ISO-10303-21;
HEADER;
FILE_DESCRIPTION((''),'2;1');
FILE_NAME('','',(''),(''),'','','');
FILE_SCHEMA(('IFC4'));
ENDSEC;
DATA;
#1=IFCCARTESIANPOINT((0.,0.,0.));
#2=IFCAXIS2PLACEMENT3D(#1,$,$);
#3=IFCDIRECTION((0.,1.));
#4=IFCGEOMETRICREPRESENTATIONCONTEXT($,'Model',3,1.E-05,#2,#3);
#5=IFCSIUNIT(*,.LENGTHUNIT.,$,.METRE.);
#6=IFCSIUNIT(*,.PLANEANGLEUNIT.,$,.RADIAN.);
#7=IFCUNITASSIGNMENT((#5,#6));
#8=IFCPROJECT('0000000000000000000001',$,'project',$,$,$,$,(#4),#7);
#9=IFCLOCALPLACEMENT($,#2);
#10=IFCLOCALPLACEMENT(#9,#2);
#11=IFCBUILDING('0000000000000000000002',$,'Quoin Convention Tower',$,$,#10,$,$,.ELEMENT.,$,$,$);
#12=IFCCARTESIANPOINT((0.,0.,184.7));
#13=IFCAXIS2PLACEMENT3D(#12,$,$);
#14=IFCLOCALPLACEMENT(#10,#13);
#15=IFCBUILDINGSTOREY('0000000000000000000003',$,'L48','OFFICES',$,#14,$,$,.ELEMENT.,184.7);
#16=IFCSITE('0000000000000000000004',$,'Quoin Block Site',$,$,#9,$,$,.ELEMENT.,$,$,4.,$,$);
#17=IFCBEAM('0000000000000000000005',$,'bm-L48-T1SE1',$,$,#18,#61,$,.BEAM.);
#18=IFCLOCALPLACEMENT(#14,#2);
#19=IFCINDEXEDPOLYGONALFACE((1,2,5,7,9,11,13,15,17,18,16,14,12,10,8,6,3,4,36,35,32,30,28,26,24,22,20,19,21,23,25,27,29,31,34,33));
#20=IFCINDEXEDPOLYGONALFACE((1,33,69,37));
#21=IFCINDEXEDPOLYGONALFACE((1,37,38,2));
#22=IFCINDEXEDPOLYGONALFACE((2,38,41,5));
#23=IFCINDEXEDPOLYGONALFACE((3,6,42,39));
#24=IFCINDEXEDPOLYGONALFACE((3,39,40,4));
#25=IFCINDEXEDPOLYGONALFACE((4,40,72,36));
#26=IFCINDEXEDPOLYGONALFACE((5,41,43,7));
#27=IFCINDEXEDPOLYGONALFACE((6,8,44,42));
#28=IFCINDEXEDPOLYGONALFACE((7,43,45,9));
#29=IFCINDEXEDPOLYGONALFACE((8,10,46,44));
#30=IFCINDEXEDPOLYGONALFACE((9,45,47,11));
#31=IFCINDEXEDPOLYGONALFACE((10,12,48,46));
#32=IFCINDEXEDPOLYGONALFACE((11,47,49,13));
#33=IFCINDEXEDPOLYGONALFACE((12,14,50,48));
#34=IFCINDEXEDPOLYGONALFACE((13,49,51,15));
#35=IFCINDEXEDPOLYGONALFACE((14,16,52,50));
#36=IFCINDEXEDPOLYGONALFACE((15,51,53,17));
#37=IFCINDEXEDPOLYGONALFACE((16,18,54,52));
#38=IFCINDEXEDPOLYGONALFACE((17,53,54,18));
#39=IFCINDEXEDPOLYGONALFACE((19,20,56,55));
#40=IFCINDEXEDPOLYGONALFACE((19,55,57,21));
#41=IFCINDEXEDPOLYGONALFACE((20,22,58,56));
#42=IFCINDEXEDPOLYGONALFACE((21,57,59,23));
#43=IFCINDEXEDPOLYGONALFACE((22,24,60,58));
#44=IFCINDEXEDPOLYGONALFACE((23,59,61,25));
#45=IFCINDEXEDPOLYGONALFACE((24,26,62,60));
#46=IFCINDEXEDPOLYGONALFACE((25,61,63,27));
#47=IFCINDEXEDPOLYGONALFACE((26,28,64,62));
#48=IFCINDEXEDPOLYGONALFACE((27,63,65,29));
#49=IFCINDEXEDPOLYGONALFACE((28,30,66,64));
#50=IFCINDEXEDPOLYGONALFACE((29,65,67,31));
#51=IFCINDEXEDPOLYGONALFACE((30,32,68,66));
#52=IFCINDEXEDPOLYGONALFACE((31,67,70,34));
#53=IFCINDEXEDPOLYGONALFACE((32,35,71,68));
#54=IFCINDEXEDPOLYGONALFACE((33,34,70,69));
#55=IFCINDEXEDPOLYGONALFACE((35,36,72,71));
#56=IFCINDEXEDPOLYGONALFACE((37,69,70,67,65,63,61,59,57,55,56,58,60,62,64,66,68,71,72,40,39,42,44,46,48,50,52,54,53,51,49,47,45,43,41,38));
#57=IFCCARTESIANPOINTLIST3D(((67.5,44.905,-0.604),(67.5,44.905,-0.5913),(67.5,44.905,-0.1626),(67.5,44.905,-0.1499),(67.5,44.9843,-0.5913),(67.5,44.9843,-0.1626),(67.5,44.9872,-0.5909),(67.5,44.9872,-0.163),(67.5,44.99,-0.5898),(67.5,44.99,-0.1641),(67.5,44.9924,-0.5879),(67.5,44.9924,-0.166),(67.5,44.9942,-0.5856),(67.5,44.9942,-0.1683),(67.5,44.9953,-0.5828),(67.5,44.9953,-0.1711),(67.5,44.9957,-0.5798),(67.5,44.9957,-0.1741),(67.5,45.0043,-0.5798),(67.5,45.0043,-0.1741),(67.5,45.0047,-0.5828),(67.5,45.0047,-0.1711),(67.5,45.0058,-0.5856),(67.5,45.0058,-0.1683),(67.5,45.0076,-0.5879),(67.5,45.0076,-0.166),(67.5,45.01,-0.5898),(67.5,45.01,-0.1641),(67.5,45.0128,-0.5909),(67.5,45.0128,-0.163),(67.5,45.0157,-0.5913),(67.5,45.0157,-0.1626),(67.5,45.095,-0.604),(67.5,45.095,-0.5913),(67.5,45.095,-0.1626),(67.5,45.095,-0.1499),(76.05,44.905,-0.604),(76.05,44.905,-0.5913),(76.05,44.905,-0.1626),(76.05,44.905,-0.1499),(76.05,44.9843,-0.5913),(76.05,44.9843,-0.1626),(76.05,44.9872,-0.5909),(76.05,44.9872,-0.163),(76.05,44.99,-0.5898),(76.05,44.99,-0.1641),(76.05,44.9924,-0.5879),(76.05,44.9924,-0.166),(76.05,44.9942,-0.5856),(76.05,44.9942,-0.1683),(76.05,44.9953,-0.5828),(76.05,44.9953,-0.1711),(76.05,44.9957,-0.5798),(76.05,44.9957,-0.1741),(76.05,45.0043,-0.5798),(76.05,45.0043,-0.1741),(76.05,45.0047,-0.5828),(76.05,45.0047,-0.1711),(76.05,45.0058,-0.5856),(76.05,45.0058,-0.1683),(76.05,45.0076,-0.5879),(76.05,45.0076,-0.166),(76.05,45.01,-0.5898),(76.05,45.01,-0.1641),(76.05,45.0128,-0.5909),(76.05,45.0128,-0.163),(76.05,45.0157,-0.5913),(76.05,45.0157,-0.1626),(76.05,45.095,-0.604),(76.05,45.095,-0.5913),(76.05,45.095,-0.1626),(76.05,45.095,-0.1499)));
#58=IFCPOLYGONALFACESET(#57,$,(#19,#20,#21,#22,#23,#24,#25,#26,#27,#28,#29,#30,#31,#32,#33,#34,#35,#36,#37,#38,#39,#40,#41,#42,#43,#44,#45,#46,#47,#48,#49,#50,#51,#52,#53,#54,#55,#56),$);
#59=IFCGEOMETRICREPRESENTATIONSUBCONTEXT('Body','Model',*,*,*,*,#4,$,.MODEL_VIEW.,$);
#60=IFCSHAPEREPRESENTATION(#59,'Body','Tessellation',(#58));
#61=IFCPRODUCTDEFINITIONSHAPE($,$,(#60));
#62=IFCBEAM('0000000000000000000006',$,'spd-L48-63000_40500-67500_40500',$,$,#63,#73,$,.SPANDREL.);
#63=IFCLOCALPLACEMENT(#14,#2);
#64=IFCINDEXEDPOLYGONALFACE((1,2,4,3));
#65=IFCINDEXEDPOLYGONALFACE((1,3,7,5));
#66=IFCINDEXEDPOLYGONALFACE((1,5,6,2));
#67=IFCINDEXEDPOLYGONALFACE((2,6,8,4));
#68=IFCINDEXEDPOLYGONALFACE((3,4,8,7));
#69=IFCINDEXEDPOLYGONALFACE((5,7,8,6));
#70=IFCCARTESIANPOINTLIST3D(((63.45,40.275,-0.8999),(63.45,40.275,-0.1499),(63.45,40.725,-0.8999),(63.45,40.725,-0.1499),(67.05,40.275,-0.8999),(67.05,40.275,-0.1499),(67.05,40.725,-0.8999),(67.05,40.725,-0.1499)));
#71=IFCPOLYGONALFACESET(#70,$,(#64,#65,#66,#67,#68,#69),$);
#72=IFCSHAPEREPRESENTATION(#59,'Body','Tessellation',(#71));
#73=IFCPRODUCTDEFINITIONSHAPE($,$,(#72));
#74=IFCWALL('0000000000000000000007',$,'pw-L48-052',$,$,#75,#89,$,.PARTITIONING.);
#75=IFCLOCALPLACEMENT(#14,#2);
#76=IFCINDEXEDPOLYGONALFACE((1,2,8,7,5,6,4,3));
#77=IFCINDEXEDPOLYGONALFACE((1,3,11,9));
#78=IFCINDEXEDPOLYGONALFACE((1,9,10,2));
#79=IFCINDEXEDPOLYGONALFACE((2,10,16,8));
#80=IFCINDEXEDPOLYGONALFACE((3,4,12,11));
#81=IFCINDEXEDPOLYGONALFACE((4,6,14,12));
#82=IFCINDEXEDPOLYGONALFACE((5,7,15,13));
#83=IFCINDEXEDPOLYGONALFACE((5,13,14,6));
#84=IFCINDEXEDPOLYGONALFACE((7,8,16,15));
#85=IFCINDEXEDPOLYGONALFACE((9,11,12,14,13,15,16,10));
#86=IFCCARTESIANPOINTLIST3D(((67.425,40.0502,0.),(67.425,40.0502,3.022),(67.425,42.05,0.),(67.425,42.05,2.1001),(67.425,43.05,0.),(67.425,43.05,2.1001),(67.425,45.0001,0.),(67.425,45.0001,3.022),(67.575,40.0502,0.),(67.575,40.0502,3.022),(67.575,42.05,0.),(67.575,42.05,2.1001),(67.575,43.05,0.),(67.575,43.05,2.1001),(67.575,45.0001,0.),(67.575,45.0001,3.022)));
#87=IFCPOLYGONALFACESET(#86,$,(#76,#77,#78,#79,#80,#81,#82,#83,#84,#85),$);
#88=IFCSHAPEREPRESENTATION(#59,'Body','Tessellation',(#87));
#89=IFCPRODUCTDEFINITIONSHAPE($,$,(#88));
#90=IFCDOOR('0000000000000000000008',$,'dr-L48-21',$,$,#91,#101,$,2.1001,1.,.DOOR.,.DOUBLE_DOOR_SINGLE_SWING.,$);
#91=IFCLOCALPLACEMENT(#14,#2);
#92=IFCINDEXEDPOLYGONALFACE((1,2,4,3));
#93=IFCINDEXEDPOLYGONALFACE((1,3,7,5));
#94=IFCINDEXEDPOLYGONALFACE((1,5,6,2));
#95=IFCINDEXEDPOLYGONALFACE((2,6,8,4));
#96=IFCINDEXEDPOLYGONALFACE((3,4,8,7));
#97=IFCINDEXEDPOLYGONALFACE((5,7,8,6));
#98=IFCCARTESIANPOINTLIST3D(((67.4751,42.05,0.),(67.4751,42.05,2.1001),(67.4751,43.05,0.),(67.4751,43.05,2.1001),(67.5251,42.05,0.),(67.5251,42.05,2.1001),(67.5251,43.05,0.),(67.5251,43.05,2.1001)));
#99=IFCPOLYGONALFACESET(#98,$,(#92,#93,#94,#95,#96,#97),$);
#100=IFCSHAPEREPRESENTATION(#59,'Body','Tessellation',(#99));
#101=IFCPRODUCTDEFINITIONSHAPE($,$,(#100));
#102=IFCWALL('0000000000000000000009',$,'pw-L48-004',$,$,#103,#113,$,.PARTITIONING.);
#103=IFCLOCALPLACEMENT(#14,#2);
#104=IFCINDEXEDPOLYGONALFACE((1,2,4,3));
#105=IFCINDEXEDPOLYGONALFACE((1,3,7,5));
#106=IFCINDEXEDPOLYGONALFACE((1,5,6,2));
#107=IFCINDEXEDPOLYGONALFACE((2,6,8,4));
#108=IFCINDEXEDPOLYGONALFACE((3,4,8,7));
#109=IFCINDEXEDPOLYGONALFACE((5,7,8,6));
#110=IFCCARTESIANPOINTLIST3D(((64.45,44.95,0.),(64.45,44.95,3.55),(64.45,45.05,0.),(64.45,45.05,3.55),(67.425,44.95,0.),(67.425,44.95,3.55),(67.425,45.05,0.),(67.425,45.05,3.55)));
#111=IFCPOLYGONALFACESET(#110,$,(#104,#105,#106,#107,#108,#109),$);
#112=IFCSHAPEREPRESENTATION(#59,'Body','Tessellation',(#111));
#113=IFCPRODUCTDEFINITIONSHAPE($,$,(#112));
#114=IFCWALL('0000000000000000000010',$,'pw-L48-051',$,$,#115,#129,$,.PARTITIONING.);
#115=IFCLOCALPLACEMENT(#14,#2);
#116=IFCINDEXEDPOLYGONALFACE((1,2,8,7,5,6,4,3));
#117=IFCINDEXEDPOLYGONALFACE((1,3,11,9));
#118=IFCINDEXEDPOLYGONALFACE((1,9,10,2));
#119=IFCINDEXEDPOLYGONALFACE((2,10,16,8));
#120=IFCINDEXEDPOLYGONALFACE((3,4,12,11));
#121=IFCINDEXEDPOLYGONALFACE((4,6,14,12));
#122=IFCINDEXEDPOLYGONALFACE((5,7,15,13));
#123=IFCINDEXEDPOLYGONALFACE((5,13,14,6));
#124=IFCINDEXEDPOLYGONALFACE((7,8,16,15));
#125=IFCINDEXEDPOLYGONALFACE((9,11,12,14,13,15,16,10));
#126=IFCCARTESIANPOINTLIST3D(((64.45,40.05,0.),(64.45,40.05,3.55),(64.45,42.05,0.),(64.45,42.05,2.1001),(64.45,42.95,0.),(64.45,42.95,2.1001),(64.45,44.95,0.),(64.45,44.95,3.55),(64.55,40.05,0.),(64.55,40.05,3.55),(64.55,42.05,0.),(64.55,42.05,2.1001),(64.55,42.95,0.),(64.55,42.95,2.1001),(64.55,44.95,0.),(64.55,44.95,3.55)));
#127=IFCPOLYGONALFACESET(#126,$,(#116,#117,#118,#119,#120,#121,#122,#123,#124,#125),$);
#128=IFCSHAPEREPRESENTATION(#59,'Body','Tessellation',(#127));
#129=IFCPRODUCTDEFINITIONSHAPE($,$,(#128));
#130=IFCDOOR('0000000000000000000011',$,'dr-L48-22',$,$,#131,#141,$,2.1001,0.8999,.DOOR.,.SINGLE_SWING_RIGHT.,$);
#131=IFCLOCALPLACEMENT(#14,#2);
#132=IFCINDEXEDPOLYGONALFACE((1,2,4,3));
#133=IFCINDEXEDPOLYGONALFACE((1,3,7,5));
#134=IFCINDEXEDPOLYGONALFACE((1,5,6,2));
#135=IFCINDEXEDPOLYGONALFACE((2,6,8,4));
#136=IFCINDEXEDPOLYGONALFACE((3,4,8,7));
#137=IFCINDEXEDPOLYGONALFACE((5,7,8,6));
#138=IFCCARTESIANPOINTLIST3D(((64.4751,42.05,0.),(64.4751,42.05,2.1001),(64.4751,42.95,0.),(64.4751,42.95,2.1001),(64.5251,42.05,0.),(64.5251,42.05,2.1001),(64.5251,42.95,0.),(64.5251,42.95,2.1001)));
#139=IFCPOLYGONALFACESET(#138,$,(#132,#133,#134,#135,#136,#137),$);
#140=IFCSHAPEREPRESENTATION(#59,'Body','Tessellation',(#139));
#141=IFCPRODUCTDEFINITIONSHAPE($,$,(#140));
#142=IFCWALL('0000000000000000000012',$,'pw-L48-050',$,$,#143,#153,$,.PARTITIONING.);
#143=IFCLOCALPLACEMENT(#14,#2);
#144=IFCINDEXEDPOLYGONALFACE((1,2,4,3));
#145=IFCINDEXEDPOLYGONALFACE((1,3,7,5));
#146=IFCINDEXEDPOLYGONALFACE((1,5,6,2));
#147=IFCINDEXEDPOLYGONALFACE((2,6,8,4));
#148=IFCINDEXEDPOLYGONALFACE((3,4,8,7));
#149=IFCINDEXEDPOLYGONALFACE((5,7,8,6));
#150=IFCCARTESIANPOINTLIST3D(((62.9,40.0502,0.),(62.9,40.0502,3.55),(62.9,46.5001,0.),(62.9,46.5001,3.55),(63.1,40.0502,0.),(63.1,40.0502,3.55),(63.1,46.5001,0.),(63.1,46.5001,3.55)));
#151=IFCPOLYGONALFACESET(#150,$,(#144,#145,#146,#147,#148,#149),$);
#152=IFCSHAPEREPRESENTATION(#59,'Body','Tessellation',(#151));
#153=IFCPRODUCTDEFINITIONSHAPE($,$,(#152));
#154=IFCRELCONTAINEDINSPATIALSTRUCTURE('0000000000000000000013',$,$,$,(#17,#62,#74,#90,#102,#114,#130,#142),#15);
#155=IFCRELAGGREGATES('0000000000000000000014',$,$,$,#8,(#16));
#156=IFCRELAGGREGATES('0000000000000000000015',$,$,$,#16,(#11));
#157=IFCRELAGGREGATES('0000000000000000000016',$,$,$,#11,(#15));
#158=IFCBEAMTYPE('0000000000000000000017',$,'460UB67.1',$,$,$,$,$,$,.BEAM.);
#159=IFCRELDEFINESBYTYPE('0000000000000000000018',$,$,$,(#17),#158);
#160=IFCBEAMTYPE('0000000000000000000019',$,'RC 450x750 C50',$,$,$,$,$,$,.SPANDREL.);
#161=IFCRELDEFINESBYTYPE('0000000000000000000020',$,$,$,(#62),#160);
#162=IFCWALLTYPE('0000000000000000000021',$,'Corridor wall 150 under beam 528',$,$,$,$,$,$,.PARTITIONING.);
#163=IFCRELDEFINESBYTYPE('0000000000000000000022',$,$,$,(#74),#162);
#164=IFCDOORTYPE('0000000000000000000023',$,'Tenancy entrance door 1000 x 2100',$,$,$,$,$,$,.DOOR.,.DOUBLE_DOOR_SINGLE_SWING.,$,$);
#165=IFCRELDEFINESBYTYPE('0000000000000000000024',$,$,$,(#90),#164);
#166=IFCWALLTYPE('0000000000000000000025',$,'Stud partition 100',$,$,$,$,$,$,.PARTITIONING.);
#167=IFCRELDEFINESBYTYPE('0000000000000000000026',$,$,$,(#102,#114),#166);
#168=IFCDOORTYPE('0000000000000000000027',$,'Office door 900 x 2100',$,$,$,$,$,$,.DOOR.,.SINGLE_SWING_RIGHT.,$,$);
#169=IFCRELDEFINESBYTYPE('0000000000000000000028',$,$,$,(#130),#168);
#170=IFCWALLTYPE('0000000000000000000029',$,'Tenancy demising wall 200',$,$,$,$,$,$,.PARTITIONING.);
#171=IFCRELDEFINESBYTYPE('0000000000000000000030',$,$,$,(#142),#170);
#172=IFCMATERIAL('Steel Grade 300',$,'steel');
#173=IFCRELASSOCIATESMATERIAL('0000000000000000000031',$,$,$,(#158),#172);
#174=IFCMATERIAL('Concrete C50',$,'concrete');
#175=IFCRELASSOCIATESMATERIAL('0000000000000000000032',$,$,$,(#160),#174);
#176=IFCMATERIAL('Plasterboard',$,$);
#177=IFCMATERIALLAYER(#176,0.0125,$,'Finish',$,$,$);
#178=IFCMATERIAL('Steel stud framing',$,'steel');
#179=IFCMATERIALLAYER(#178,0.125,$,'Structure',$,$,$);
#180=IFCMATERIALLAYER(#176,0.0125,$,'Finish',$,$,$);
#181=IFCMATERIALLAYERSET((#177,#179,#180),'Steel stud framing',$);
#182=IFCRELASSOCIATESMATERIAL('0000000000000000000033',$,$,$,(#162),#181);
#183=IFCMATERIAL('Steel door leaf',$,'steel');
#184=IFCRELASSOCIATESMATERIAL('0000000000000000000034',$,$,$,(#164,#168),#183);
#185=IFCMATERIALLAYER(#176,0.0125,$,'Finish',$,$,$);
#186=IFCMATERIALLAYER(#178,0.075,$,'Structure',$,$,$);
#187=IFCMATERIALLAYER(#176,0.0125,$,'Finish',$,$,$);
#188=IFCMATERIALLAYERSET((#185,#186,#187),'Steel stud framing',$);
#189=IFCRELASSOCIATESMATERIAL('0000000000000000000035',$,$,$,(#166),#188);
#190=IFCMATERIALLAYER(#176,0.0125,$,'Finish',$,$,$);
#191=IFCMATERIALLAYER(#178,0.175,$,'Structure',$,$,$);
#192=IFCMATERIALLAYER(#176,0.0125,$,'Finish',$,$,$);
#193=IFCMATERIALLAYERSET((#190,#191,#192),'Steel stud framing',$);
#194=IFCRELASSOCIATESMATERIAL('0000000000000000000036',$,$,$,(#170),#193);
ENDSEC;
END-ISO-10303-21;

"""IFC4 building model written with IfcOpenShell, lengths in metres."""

from ifc_helpers import new_model, si_unit, direction, frame, frame_2d, origin, origin_2d, place, context, subcontext, project, spatial, rectangle, i_section, extrude, material, layer, layer_set, material_profile, profile_set, type_object, element, fill, save


model = new_model("IFC4")

# Units and contexts
model_context = context("Model", 3, precision=1e-05, world=origin(), true_north=direction((0.0, 1.0)))
body_context = subcontext(model_context, "Body", "Model", "MODEL_VIEW")
ifc_project = project(units=[si_unit("LENGTHUNIT", "METRE"), si_unit("PLANEANGLEUNIT", "RADIAN")], contexts=[model_context])

# Site, building, storey
site_placement = place(None, origin())
site = spatial("IfcSite", under=ifc_project, at=site_placement, Name="Quoin Block Site", CompositionType="ELEMENT", RefElevation=4.0)
building_placement = place(site_placement, origin())
building = spatial("IfcBuilding", under=site, at=building_placement, Name="Quoin Convention Tower", CompositionType="ELEMENT")
storey_placement = place(building_placement, frame((0.0, 0.0, 184.7)))
storey = spatial("IfcBuildingStorey", under=building, at=storey_placement, Name="L48", Description="OFFICES", CompositionType="ELEMENT", Elevation=184.7)

# Shared definitions
ifc_material_1 = material(Name="Concrete C50", Category="concrete")

# Beams
ifc_material_2 = material(Name="Steel Grade 300", Category="steel")
ifc_material_profile_1 = material_profile(ifc_material_2, i_section(OverallWidth=0.1899, OverallDepth=0.4541, WebThickness=0.0085, FlangeThickness=0.0127, FilletRadius=0.0115, at=origin_2d()), Name="460UB67.1")
ifc_profile_set_1 = profile_set([ifc_material_profile_1], Name="Steel Grade 300")
beam_type_1 = type_object("IfcBeamType", Name="460UB67.1", PredefinedType="BEAM", material=ifc_profile_set_1)
beam_1_placement = place(storey_placement, frame((67.5, 45.0, -0.377), z_axis=(1.0, 0.0, 0.0), x_axis=(0.0, 1.0, 0.0)))
element("IfcBeam", 1, at=beam_1_placement, inside=storey, type_object=beam_type_1, Name="bm-L48-T1SE1", PredefinedType="BEAM", context=body_context, shape_type="SweptSolid", body=[
    extrude(i_section(OverallWidth=0.1899, OverallDepth=0.4541, WebThickness=0.0085, FlangeThickness=0.0127, FilletRadius=0.0115, at=origin_2d()), origin(), (0.0, 0.0, 1.0), 8.55),
])
ifc_material_profile_2 = material_profile(ifc_material_1, rectangle(XDim=0.45, YDim=0.75, at=origin_2d()), Name="RC 450x750")
ifc_profile_set_2 = profile_set([ifc_material_profile_2], Name="Concrete C50")
beam_type_2 = type_object("IfcBeamType", Name="RC 450x750 C50", PredefinedType="SPANDREL", material=ifc_profile_set_2)
beam_2_placement = place(storey_placement, frame((63.45, 40.5, -0.5249), z_axis=(1.0, 0.0, 0.0), x_axis=(0.0, 1.0, 0.0)))
element("IfcBeam", 2, at=beam_2_placement, inside=storey, type_object=beam_type_2, Name="spd-L48-63000_40500-67500_40500", PredefinedType="SPANDREL", context=body_context, shape_type="SweptSolid", body=[
    extrude(rectangle(XDim=0.45, YDim=0.75, at=origin_2d()), origin(), (0.0, 0.0, 1.0), 3.6001),
])

# Wall, opening, door
ifc_material_3 = material(Name="Plasterboard")
ifc_layer_1 = layer(ifc_material_3, 0.0125, Name="Finish")
ifc_material_4 = material(Name="Steel stud framing", Category="steel")
ifc_layer_2 = layer(ifc_material_4, 0.125, Name="Structure")
ifc_layer_3 = layer(ifc_material_3, 0.0125, Name="Finish")
ifc_layer_set_1 = layer_set([ifc_layer_1, ifc_layer_2, ifc_layer_3], Name="Steel stud framing")
wall_type_1 = type_object("IfcWallType", Name="Corridor wall 150 under beam 528", PredefinedType="PARTITIONING", material=ifc_layer_set_1)
wall_1_placement = place(storey_placement, frame((67.5, 40.05, 0.0), z_axis=(0.0, 0.0, 1.0), x_axis=(0.0, 1.0, 0.0)))
wall_1 = element("IfcWall", 3, at=wall_1_placement, inside=storey, type_object=wall_type_1, Name="pw-L48-052", PredefinedType="PARTITIONING", context=body_context, shape_type="SweptSolid", body=[
    extrude(rectangle(XDim=4.95, YDim=0.1499, at=frame_2d((2.4751, 0.0))), origin(), (0.0, 0.0, 1.0), 3.022),
])
opening_1_placement = place(wall_1_placement, frame((2.0, 0.0, 0.0)))
opening_1 = element("IfcOpeningElement", 4, at=opening_1_placement, cuts=wall_1, PredefinedType="OPENING", context=body_context, shape_type="SweptSolid", body=[
    extrude(rectangle(XDim=1.0, YDim=2.1001, at=frame_2d((0.5, 1.05))), frame((0.0, 0.085, 0.0), z_axis=(0.0, -1.0, 0.0), x_axis=(1.0, 0.0, 0.0)), (0.0, 0.0, 1.0), 0.1699),
])
ifc_material_5 = material(Name="Steel door leaf", Category="steel")
door_type_1 = type_object("IfcDoorType", Name="Tenancy entrance door 1000 x 2100", OperationType="DOUBLE_DOOR_SINGLE_SWING", PredefinedType="DOOR", material=ifc_material_5)
door_1_placement = place(opening_1_placement, origin())
door_1 = element("IfcDoor", 5, at=door_1_placement, inside=storey, type_object=door_type_1, Name="dr-L48-21", OperationType="DOUBLE_DOOR_SINGLE_SWING", OverallHeight=2.1001, OverallWidth=1.0, PredefinedType="DOOR", context=body_context, shape_type="SweptSolid", body=[
    extrude(rectangle(XDim=1.0, YDim=2.1001, at=frame_2d((0.5, 1.05))), frame((0.0, 0.0249, 0.0), z_axis=(0.0, -1.0, 0.0), x_axis=(1.0, 0.0, 0.0)), (0.0, 0.0, 1.0), 0.05),
])
fill(opening_1, door_1)

# Wall
ifc_layer_4 = layer(ifc_material_3, 0.0125, Name="Finish")
ifc_layer_5 = layer(ifc_material_4, 0.075, Name="Structure")
ifc_layer_6 = layer(ifc_material_3, 0.0125, Name="Finish")
ifc_layer_set_2 = layer_set([ifc_layer_4, ifc_layer_5, ifc_layer_6], Name="Steel stud framing")
wall_type_2 = type_object("IfcWallType", Name="Stud partition 100", PredefinedType="PARTITIONING", material=ifc_layer_set_2)
wall_2_placement = place(storey_placement, frame((64.45, 45.0, 0.0), z_axis=(0.0, 0.0, 1.0), x_axis=(1.0, 0.0, 0.0)))
element("IfcWall", 6, at=wall_2_placement, inside=storey, type_object=wall_type_2, Name="pw-L48-004", PredefinedType="PARTITIONING", context=body_context, shape_type="SweptSolid", body=[
    extrude(rectangle(XDim=2.9751, YDim=0.1001, at=frame_2d((1.4875, 0.0))), origin(), (0.0, 0.0, 1.0), 3.55),
])

# Wall, opening, door
wall_3_placement = place(storey_placement, frame((64.5, 40.05, 0.0), z_axis=(0.0, 0.0, 1.0), x_axis=(0.0, 1.0, 0.0)))
wall_3 = element("IfcWall", 7, at=wall_3_placement, inside=storey, type_object=wall_type_2, Name="pw-L48-051", PredefinedType="PARTITIONING", context=body_context, shape_type="SweptSolid", body=[
    extrude(rectangle(XDim=4.8999, YDim=0.1001, at=frame_2d((2.45, 0.0))), origin(), (0.0, 0.0, 1.0), 3.55),
])
opening_2_placement = place(wall_3_placement, frame((2.0, 0.0, 0.0)))
opening_2 = element("IfcOpeningElement", 8, at=opening_2_placement, cuts=wall_3, PredefinedType="OPENING", context=body_context, shape_type="SweptSolid", body=[
    extrude(rectangle(XDim=0.8999, YDim=2.1001, at=frame_2d((0.45, 1.05))), frame((0.0, 0.0601, 0.0), z_axis=(0.0, -1.0, 0.0), x_axis=(1.0, 0.0, 0.0)), (0.0, 0.0, 1.0), 0.1201),
])
door_type_2 = type_object("IfcDoorType", Name="Office door 900 x 2100", OperationType="SINGLE_SWING_RIGHT", PredefinedType="DOOR", material=ifc_material_5)
door_2_placement = place(opening_2_placement, origin())
door_2 = element("IfcDoor", 9, at=door_2_placement, inside=storey, type_object=door_type_2, Name="dr-L48-22", OperationType="SINGLE_SWING_RIGHT", OverallHeight=2.1001, OverallWidth=0.8999, PredefinedType="DOOR", context=body_context, shape_type="SweptSolid", body=[
    extrude(rectangle(XDim=0.8999, YDim=2.1001, at=frame_2d((0.45, 1.05))), frame((0.0, 0.0249, 0.0), z_axis=(0.0, -1.0, 0.0), x_axis=(1.0, 0.0, 0.0)), (0.0, 0.0, 1.0), 0.05),
])
fill(opening_2, door_2)

# Wall
ifc_layer_7 = layer(ifc_material_3, 0.0125, Name="Finish")
ifc_layer_8 = layer(ifc_material_4, 0.175, Name="Structure")
ifc_layer_9 = layer(ifc_material_3, 0.0125, Name="Finish")
ifc_layer_set_3 = layer_set([ifc_layer_7, ifc_layer_8, ifc_layer_9], Name="Steel stud framing")
wall_type_3 = type_object("IfcWallType", Name="Tenancy demising wall 200", PredefinedType="PARTITIONING", material=ifc_layer_set_3)
wall_4_placement = place(storey_placement, frame((63.0, 40.05, 0.0), z_axis=(0.0, 0.0, 1.0), x_axis=(0.0, 1.0, 0.0)))
element("IfcWall", 10, at=wall_4_placement, inside=storey, type_object=wall_type_3, Name="pw-L48-050", PredefinedType="PARTITIONING", context=body_context, shape_type="SweptSolid", body=[
    extrude(rectangle(XDim=6.45, YDim=0.2, at=frame_2d((3.2251, 0.0))), origin(), (0.0, 0.0, 1.0), 3.55),
])

save(model, "model.ifc")
